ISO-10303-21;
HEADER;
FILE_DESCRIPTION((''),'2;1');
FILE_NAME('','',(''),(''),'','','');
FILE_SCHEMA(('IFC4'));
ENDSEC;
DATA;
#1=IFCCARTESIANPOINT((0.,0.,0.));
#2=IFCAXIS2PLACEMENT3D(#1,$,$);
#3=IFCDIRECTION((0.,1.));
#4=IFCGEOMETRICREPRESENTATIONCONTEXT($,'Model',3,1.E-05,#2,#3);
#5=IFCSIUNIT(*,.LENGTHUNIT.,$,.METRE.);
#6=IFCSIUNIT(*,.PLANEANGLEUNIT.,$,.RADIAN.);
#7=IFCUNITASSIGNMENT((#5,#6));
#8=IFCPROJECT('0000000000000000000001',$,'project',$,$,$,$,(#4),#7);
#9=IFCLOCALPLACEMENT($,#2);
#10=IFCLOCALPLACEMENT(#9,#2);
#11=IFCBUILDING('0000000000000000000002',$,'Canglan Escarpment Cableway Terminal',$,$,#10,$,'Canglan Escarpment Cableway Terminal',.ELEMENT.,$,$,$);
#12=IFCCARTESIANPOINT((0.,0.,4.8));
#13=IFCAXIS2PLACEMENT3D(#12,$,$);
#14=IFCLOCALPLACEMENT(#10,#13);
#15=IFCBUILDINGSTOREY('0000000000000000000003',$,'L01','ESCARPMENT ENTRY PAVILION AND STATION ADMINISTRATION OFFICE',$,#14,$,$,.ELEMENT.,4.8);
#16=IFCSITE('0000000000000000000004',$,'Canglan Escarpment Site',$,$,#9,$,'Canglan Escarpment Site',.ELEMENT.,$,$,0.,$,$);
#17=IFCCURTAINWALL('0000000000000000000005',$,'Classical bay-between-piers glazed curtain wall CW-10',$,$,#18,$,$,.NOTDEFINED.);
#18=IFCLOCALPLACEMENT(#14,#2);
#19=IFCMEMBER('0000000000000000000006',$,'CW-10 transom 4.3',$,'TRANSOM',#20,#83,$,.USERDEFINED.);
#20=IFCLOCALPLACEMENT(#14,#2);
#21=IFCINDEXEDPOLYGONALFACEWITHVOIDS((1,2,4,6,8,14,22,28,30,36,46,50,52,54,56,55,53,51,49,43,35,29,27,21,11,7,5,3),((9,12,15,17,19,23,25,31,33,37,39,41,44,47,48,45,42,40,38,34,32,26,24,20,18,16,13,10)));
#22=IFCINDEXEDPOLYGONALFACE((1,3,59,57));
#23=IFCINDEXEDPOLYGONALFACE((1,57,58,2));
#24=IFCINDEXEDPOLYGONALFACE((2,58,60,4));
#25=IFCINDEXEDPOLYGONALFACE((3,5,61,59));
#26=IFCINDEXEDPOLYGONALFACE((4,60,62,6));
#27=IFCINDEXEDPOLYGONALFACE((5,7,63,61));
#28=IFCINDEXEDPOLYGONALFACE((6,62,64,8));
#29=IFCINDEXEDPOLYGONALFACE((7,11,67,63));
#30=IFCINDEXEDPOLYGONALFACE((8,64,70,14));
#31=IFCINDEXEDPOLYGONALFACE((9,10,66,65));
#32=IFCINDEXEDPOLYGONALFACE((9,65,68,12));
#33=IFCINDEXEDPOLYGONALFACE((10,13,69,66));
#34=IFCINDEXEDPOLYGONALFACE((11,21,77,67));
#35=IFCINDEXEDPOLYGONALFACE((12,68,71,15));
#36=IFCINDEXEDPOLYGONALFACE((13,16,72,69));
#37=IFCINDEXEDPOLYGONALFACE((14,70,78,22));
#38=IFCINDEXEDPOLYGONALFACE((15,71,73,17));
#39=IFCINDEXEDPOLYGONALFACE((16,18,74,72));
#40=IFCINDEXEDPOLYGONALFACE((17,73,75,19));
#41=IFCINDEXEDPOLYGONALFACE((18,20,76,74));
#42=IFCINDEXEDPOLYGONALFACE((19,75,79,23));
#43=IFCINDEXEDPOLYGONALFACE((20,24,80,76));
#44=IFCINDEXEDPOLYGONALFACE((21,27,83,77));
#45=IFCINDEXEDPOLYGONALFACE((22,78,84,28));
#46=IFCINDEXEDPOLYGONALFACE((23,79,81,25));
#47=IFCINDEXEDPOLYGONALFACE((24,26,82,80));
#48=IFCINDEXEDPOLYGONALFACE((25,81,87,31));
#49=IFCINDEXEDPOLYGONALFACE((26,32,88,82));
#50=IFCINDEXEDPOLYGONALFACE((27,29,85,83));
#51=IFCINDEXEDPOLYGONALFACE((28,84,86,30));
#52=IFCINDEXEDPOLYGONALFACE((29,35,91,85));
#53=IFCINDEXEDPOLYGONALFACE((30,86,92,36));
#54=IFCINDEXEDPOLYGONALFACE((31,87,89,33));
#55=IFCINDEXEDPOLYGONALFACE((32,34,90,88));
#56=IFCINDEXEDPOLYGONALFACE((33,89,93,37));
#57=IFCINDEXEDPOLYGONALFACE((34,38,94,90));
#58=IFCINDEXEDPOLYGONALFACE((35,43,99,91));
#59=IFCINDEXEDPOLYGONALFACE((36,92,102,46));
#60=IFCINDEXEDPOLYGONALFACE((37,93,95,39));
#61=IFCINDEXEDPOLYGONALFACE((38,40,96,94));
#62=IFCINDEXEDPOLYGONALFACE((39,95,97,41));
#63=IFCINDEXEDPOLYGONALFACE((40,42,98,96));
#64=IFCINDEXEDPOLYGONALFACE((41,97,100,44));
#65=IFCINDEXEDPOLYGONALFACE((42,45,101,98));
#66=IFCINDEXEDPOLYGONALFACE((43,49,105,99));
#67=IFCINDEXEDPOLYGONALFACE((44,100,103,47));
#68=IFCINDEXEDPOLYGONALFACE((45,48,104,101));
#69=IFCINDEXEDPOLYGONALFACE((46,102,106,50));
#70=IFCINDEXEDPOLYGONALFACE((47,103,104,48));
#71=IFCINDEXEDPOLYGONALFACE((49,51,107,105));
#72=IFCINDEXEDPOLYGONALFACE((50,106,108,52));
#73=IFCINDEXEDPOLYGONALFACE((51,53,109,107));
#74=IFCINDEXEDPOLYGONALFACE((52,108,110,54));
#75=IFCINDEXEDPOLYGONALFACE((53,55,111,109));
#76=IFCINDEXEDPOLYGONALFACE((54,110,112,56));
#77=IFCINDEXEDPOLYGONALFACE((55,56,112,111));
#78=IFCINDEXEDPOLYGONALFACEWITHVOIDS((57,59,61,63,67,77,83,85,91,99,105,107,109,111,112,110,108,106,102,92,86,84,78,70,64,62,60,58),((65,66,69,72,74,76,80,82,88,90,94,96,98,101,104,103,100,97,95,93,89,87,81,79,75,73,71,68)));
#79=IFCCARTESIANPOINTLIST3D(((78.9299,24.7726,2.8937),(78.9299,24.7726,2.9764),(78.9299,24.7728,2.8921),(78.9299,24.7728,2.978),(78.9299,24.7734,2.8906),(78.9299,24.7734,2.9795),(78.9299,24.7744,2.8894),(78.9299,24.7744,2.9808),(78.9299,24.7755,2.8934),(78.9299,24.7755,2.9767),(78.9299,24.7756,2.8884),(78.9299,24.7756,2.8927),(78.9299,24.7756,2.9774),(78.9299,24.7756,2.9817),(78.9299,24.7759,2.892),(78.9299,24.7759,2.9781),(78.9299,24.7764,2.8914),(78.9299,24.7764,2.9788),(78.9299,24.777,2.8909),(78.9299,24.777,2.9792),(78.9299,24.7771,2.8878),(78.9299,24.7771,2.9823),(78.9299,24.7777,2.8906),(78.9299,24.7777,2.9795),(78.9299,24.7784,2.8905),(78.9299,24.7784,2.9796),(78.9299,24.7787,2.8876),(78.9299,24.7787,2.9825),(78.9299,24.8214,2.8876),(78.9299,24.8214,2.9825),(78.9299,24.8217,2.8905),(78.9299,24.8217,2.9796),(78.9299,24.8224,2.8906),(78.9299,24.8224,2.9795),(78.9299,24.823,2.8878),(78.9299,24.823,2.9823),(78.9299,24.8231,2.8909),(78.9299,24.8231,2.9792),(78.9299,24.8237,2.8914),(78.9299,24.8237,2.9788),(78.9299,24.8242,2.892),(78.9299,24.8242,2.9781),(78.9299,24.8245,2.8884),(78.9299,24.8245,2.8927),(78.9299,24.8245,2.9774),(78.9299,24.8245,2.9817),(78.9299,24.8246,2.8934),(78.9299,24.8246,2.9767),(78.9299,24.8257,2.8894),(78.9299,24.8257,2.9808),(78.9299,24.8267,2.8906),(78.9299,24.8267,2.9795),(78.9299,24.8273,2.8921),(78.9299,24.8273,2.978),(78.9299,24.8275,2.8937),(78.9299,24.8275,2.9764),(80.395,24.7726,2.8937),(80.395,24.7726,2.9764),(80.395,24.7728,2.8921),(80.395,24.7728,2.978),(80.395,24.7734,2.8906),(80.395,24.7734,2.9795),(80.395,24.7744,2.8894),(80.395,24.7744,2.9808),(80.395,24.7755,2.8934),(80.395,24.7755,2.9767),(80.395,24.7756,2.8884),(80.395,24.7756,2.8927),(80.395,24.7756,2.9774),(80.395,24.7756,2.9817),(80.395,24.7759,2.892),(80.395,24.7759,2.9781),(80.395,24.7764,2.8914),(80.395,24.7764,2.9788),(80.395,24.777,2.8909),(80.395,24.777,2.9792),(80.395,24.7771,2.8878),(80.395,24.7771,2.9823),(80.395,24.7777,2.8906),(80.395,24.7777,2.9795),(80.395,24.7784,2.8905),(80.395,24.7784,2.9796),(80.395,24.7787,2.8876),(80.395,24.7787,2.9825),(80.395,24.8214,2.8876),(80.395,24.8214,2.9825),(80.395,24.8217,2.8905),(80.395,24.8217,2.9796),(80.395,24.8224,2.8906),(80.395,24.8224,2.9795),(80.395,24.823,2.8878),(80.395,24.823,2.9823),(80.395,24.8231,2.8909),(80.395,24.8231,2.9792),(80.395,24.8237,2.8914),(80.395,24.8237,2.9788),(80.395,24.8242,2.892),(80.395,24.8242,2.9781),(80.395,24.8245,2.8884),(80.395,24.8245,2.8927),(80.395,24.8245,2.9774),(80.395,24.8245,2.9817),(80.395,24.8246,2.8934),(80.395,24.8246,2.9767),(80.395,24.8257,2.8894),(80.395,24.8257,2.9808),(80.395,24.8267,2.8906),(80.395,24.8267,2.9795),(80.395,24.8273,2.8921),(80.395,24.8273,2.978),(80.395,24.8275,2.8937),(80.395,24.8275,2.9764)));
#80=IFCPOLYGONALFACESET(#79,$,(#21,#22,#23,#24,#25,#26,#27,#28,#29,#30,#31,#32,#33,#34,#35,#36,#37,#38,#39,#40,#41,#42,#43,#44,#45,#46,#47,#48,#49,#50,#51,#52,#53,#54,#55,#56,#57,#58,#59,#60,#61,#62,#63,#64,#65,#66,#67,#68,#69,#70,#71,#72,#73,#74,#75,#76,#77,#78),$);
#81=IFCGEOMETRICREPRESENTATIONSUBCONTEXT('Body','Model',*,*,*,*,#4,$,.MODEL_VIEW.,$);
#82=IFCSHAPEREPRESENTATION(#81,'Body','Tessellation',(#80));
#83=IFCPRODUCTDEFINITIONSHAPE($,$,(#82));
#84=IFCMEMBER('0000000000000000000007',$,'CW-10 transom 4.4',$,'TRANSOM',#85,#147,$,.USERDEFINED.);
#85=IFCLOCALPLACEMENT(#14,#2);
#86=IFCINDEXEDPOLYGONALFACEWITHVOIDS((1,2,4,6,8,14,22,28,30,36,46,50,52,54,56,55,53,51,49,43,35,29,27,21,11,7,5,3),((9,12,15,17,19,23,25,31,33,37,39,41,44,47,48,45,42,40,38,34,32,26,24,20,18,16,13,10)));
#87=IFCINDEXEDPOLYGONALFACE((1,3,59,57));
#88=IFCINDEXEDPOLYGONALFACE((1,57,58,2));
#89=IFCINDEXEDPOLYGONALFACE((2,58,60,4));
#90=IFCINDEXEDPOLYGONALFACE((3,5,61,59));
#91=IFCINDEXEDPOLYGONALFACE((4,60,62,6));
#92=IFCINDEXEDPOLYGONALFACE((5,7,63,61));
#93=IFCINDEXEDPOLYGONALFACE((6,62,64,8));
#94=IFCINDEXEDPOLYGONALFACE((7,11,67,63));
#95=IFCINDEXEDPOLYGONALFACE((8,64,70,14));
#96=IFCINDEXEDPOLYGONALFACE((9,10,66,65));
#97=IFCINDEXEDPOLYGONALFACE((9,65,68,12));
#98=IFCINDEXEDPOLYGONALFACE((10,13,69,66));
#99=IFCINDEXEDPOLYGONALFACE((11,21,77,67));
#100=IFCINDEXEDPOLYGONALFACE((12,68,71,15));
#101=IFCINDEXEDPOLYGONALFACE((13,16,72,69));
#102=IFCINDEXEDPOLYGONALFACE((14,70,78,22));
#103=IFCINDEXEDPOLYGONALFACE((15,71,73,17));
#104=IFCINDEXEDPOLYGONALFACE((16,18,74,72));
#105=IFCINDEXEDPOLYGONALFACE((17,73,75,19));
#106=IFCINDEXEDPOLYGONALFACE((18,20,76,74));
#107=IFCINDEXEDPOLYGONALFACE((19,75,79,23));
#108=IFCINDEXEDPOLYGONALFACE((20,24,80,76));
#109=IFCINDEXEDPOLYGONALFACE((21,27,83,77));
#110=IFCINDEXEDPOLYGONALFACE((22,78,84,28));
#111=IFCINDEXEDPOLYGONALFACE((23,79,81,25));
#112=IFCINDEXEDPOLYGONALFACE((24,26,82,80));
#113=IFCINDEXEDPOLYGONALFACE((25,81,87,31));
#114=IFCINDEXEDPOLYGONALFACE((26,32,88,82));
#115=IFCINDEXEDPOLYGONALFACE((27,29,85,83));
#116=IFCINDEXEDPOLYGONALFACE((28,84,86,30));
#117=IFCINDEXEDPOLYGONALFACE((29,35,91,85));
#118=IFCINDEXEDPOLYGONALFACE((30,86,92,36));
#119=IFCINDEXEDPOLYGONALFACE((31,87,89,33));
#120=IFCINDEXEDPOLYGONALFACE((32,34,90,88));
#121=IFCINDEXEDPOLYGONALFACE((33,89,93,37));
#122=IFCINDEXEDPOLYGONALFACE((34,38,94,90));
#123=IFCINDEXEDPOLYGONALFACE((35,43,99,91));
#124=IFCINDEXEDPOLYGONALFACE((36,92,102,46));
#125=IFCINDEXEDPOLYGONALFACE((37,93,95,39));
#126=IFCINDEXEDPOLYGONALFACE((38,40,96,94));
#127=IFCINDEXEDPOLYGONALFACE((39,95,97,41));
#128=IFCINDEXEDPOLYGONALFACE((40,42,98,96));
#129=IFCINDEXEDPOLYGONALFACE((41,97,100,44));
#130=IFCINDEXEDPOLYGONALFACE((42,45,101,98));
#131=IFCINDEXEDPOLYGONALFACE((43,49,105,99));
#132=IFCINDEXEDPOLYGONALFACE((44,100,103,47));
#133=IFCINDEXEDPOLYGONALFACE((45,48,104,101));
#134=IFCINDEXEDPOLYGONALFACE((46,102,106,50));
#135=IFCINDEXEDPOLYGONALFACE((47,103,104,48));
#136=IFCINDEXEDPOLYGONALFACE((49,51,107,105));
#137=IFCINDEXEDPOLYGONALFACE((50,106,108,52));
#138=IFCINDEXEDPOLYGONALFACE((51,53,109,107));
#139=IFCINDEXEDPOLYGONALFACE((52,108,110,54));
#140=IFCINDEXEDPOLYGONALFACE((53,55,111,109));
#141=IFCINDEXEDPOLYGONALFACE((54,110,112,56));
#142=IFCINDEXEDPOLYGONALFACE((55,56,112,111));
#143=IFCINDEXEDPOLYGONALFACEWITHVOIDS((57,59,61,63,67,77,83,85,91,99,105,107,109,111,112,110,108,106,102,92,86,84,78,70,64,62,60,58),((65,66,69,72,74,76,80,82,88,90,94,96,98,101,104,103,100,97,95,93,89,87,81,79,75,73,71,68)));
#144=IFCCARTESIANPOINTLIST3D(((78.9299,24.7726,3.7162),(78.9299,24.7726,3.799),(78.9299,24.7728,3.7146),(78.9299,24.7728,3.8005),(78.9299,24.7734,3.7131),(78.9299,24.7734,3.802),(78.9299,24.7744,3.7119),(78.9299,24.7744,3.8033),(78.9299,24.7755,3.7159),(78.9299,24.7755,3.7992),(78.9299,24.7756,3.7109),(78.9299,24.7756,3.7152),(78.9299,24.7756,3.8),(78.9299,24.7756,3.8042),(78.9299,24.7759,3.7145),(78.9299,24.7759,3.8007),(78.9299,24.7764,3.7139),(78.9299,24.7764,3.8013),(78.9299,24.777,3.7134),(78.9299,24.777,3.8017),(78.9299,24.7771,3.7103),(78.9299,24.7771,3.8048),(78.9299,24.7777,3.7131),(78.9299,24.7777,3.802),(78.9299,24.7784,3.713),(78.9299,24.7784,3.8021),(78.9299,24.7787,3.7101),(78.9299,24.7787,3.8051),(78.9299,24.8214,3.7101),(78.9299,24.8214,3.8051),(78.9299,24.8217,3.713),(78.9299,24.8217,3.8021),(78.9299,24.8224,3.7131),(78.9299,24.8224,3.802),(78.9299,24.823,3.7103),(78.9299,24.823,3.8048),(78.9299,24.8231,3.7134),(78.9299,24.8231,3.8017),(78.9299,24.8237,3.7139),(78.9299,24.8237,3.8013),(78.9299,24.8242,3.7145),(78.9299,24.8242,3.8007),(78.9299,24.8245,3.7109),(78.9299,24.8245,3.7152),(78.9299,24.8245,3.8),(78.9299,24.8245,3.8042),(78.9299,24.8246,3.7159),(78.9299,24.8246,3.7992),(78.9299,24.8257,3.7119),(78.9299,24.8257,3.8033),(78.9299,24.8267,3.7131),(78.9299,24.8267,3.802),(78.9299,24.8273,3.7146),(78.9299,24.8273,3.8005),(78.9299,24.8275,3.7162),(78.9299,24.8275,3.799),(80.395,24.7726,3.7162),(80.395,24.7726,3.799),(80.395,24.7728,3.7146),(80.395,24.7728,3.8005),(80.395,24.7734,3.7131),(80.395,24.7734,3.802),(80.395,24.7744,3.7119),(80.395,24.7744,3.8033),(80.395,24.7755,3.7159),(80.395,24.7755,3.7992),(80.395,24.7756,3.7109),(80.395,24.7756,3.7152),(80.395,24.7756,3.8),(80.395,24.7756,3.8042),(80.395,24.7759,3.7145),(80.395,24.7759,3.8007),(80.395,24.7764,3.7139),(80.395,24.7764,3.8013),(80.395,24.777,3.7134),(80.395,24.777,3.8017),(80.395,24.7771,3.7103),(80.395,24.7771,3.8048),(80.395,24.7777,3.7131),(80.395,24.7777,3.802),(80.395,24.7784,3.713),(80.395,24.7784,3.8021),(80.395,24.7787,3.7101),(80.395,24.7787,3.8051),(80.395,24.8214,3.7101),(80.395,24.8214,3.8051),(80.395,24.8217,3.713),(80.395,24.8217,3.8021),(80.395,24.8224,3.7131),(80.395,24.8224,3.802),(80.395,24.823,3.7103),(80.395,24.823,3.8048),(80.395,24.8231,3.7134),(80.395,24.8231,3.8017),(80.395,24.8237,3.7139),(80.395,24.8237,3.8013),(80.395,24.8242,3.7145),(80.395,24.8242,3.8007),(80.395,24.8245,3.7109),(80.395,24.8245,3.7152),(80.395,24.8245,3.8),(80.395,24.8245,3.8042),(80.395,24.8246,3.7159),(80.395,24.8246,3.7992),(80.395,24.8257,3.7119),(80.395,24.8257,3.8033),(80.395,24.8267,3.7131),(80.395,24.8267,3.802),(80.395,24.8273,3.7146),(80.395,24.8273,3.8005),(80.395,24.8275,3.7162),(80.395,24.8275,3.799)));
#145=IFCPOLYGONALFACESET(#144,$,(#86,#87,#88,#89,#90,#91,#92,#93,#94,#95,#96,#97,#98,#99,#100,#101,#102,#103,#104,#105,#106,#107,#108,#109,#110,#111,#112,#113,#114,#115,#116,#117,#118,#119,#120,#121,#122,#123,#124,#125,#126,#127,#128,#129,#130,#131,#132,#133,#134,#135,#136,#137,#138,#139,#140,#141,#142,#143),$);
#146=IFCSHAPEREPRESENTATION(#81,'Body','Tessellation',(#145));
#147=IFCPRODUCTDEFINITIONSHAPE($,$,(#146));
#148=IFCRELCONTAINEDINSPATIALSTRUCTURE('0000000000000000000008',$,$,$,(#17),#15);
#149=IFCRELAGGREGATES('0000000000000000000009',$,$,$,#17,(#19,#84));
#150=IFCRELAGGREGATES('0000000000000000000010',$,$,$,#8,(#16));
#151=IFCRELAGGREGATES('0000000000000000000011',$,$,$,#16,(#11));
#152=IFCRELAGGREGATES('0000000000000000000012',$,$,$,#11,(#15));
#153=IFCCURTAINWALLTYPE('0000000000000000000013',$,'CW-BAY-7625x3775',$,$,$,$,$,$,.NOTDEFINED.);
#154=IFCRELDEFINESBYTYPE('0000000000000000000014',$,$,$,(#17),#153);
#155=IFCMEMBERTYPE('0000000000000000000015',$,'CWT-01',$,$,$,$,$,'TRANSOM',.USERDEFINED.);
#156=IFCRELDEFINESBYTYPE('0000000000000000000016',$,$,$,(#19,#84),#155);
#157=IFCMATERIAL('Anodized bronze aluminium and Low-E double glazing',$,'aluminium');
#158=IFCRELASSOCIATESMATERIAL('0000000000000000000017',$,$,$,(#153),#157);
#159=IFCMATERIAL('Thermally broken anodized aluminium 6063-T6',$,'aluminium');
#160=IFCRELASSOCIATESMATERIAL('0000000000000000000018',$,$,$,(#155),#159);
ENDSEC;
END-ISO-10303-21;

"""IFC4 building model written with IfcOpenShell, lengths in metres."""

from ifc_helpers import new_model, si_unit, direction, frame, origin, origin_2d, place, context, subcontext, project, spatial, hollow_rectangle, extrude, material, material_profile, profile_set, type_object, element, aggregate, save


model = new_model("IFC4")

# Units and contexts
model_context = context("Model", 3, precision=1e-05, world=origin(), true_north=direction((0.0, 1.0)))
body_context = subcontext(model_context, "Body", "Model", "MODEL_VIEW")
ifc_project = project(units=[si_unit("LENGTHUNIT", "METRE"), si_unit("PLANEANGLEUNIT", "RADIAN")], contexts=[model_context])

# Site, building, storey
site_placement = place(None, origin())
site = spatial("IfcSite", under=ifc_project, at=site_placement, Name="Canglan Escarpment Site", LongName="Canglan Escarpment Site", CompositionType="ELEMENT", RefElevation=0.0)
building_placement = place(site_placement, origin())
building = spatial("IfcBuilding", under=site, at=building_placement, Name="Canglan Escarpment Cableway Terminal", LongName="Canglan Escarpment Cableway Terminal", CompositionType="ELEMENT")
storey_placement = place(building_placement, frame((0.0, 0.0, 4.8)))
storey = spatial("IfcBuildingStorey", under=building, at=storey_placement, Name="L01", Description="ESCARPMENT ENTRY PAVILION AND STATION ADMINISTRATION OFFICE", CompositionType="ELEMENT", Elevation=4.8)

# Curtain wall, members
ifc_material_1 = material(Name="Anodized bronze aluminium and Low-E double glazing", Category="aluminium")
curtain_wall_type = type_object("IfcCurtainWallType", Name="CW-BAY-7625x3775", PredefinedType="NOTDEFINED", material=ifc_material_1)
curtain_wall_placement = place(storey_placement, origin())
curtain_wall = element("IfcCurtainWall", 1, at=curtain_wall_placement, inside=storey, type_object=curtain_wall_type, Name="Classical bay-between-piers glazed curtain wall CW-10", PredefinedType="NOTDEFINED")
ifc_material_2 = material(Name="Thermally broken anodized aluminium 6063-T6", Category="aluminium")
ifc_material_profile_1 = material_profile(ifc_material_2, hollow_rectangle(XDim=0.0549, YDim=0.095, WallThickness=0.0029, InnerFilletRadius=0.0029, OuterFilletRadius=0.0061, at=origin_2d()), Name="ALU-TRAN 55x95x3")
ifc_profile_set_1 = profile_set([ifc_material_profile_1], Name="Thermally broken anodized aluminium 6063-T6")
member_type_1 = type_object("IfcMemberType", Name="CWT-01", ElementType="TRANSOM", PredefinedType="USERDEFINED", material=ifc_profile_set_1)
member_1_placement = place(storey_placement, frame((80.395, 24.8, 2.9351), z_axis=(-1.0, 0.0, 0.0), x_axis=(0.0, -1.0, 0.0)))
member_1 = element("IfcMember", 2, at=member_1_placement, type_object=member_type_1, Name="CW-10 transom 4.3", ObjectType="TRANSOM", PredefinedType="USERDEFINED", context=body_context, shape_type="SweptSolid", body=[
    extrude(hollow_rectangle(XDim=0.0549, YDim=0.095, WallThickness=0.0029, InnerFilletRadius=0.0029, OuterFilletRadius=0.0061, at=origin_2d()), origin(), (0.0, 0.0, 1.0), 1.4651),
])
member_2_placement = place(storey_placement, frame((80.395, 24.8, 3.7576), z_axis=(-1.0, 0.0, 0.0), x_axis=(0.0, -1.0, 0.0)))
member_2 = element("IfcMember", 3, at=member_2_placement, type_object=member_type_1, Name="CW-10 transom 4.4", ObjectType="TRANSOM", PredefinedType="USERDEFINED", context=body_context, shape_type="SweptSolid", body=[
    extrude(hollow_rectangle(XDim=0.0549, YDim=0.095, WallThickness=0.0029, InnerFilletRadius=0.0029, OuterFilletRadius=0.0061, at=origin_2d()), origin(), (0.0, 0.0, 1.0), 1.4651),
])
aggregate(curtain_wall, [member_1, member_2])

save(model, "model.ifc")
